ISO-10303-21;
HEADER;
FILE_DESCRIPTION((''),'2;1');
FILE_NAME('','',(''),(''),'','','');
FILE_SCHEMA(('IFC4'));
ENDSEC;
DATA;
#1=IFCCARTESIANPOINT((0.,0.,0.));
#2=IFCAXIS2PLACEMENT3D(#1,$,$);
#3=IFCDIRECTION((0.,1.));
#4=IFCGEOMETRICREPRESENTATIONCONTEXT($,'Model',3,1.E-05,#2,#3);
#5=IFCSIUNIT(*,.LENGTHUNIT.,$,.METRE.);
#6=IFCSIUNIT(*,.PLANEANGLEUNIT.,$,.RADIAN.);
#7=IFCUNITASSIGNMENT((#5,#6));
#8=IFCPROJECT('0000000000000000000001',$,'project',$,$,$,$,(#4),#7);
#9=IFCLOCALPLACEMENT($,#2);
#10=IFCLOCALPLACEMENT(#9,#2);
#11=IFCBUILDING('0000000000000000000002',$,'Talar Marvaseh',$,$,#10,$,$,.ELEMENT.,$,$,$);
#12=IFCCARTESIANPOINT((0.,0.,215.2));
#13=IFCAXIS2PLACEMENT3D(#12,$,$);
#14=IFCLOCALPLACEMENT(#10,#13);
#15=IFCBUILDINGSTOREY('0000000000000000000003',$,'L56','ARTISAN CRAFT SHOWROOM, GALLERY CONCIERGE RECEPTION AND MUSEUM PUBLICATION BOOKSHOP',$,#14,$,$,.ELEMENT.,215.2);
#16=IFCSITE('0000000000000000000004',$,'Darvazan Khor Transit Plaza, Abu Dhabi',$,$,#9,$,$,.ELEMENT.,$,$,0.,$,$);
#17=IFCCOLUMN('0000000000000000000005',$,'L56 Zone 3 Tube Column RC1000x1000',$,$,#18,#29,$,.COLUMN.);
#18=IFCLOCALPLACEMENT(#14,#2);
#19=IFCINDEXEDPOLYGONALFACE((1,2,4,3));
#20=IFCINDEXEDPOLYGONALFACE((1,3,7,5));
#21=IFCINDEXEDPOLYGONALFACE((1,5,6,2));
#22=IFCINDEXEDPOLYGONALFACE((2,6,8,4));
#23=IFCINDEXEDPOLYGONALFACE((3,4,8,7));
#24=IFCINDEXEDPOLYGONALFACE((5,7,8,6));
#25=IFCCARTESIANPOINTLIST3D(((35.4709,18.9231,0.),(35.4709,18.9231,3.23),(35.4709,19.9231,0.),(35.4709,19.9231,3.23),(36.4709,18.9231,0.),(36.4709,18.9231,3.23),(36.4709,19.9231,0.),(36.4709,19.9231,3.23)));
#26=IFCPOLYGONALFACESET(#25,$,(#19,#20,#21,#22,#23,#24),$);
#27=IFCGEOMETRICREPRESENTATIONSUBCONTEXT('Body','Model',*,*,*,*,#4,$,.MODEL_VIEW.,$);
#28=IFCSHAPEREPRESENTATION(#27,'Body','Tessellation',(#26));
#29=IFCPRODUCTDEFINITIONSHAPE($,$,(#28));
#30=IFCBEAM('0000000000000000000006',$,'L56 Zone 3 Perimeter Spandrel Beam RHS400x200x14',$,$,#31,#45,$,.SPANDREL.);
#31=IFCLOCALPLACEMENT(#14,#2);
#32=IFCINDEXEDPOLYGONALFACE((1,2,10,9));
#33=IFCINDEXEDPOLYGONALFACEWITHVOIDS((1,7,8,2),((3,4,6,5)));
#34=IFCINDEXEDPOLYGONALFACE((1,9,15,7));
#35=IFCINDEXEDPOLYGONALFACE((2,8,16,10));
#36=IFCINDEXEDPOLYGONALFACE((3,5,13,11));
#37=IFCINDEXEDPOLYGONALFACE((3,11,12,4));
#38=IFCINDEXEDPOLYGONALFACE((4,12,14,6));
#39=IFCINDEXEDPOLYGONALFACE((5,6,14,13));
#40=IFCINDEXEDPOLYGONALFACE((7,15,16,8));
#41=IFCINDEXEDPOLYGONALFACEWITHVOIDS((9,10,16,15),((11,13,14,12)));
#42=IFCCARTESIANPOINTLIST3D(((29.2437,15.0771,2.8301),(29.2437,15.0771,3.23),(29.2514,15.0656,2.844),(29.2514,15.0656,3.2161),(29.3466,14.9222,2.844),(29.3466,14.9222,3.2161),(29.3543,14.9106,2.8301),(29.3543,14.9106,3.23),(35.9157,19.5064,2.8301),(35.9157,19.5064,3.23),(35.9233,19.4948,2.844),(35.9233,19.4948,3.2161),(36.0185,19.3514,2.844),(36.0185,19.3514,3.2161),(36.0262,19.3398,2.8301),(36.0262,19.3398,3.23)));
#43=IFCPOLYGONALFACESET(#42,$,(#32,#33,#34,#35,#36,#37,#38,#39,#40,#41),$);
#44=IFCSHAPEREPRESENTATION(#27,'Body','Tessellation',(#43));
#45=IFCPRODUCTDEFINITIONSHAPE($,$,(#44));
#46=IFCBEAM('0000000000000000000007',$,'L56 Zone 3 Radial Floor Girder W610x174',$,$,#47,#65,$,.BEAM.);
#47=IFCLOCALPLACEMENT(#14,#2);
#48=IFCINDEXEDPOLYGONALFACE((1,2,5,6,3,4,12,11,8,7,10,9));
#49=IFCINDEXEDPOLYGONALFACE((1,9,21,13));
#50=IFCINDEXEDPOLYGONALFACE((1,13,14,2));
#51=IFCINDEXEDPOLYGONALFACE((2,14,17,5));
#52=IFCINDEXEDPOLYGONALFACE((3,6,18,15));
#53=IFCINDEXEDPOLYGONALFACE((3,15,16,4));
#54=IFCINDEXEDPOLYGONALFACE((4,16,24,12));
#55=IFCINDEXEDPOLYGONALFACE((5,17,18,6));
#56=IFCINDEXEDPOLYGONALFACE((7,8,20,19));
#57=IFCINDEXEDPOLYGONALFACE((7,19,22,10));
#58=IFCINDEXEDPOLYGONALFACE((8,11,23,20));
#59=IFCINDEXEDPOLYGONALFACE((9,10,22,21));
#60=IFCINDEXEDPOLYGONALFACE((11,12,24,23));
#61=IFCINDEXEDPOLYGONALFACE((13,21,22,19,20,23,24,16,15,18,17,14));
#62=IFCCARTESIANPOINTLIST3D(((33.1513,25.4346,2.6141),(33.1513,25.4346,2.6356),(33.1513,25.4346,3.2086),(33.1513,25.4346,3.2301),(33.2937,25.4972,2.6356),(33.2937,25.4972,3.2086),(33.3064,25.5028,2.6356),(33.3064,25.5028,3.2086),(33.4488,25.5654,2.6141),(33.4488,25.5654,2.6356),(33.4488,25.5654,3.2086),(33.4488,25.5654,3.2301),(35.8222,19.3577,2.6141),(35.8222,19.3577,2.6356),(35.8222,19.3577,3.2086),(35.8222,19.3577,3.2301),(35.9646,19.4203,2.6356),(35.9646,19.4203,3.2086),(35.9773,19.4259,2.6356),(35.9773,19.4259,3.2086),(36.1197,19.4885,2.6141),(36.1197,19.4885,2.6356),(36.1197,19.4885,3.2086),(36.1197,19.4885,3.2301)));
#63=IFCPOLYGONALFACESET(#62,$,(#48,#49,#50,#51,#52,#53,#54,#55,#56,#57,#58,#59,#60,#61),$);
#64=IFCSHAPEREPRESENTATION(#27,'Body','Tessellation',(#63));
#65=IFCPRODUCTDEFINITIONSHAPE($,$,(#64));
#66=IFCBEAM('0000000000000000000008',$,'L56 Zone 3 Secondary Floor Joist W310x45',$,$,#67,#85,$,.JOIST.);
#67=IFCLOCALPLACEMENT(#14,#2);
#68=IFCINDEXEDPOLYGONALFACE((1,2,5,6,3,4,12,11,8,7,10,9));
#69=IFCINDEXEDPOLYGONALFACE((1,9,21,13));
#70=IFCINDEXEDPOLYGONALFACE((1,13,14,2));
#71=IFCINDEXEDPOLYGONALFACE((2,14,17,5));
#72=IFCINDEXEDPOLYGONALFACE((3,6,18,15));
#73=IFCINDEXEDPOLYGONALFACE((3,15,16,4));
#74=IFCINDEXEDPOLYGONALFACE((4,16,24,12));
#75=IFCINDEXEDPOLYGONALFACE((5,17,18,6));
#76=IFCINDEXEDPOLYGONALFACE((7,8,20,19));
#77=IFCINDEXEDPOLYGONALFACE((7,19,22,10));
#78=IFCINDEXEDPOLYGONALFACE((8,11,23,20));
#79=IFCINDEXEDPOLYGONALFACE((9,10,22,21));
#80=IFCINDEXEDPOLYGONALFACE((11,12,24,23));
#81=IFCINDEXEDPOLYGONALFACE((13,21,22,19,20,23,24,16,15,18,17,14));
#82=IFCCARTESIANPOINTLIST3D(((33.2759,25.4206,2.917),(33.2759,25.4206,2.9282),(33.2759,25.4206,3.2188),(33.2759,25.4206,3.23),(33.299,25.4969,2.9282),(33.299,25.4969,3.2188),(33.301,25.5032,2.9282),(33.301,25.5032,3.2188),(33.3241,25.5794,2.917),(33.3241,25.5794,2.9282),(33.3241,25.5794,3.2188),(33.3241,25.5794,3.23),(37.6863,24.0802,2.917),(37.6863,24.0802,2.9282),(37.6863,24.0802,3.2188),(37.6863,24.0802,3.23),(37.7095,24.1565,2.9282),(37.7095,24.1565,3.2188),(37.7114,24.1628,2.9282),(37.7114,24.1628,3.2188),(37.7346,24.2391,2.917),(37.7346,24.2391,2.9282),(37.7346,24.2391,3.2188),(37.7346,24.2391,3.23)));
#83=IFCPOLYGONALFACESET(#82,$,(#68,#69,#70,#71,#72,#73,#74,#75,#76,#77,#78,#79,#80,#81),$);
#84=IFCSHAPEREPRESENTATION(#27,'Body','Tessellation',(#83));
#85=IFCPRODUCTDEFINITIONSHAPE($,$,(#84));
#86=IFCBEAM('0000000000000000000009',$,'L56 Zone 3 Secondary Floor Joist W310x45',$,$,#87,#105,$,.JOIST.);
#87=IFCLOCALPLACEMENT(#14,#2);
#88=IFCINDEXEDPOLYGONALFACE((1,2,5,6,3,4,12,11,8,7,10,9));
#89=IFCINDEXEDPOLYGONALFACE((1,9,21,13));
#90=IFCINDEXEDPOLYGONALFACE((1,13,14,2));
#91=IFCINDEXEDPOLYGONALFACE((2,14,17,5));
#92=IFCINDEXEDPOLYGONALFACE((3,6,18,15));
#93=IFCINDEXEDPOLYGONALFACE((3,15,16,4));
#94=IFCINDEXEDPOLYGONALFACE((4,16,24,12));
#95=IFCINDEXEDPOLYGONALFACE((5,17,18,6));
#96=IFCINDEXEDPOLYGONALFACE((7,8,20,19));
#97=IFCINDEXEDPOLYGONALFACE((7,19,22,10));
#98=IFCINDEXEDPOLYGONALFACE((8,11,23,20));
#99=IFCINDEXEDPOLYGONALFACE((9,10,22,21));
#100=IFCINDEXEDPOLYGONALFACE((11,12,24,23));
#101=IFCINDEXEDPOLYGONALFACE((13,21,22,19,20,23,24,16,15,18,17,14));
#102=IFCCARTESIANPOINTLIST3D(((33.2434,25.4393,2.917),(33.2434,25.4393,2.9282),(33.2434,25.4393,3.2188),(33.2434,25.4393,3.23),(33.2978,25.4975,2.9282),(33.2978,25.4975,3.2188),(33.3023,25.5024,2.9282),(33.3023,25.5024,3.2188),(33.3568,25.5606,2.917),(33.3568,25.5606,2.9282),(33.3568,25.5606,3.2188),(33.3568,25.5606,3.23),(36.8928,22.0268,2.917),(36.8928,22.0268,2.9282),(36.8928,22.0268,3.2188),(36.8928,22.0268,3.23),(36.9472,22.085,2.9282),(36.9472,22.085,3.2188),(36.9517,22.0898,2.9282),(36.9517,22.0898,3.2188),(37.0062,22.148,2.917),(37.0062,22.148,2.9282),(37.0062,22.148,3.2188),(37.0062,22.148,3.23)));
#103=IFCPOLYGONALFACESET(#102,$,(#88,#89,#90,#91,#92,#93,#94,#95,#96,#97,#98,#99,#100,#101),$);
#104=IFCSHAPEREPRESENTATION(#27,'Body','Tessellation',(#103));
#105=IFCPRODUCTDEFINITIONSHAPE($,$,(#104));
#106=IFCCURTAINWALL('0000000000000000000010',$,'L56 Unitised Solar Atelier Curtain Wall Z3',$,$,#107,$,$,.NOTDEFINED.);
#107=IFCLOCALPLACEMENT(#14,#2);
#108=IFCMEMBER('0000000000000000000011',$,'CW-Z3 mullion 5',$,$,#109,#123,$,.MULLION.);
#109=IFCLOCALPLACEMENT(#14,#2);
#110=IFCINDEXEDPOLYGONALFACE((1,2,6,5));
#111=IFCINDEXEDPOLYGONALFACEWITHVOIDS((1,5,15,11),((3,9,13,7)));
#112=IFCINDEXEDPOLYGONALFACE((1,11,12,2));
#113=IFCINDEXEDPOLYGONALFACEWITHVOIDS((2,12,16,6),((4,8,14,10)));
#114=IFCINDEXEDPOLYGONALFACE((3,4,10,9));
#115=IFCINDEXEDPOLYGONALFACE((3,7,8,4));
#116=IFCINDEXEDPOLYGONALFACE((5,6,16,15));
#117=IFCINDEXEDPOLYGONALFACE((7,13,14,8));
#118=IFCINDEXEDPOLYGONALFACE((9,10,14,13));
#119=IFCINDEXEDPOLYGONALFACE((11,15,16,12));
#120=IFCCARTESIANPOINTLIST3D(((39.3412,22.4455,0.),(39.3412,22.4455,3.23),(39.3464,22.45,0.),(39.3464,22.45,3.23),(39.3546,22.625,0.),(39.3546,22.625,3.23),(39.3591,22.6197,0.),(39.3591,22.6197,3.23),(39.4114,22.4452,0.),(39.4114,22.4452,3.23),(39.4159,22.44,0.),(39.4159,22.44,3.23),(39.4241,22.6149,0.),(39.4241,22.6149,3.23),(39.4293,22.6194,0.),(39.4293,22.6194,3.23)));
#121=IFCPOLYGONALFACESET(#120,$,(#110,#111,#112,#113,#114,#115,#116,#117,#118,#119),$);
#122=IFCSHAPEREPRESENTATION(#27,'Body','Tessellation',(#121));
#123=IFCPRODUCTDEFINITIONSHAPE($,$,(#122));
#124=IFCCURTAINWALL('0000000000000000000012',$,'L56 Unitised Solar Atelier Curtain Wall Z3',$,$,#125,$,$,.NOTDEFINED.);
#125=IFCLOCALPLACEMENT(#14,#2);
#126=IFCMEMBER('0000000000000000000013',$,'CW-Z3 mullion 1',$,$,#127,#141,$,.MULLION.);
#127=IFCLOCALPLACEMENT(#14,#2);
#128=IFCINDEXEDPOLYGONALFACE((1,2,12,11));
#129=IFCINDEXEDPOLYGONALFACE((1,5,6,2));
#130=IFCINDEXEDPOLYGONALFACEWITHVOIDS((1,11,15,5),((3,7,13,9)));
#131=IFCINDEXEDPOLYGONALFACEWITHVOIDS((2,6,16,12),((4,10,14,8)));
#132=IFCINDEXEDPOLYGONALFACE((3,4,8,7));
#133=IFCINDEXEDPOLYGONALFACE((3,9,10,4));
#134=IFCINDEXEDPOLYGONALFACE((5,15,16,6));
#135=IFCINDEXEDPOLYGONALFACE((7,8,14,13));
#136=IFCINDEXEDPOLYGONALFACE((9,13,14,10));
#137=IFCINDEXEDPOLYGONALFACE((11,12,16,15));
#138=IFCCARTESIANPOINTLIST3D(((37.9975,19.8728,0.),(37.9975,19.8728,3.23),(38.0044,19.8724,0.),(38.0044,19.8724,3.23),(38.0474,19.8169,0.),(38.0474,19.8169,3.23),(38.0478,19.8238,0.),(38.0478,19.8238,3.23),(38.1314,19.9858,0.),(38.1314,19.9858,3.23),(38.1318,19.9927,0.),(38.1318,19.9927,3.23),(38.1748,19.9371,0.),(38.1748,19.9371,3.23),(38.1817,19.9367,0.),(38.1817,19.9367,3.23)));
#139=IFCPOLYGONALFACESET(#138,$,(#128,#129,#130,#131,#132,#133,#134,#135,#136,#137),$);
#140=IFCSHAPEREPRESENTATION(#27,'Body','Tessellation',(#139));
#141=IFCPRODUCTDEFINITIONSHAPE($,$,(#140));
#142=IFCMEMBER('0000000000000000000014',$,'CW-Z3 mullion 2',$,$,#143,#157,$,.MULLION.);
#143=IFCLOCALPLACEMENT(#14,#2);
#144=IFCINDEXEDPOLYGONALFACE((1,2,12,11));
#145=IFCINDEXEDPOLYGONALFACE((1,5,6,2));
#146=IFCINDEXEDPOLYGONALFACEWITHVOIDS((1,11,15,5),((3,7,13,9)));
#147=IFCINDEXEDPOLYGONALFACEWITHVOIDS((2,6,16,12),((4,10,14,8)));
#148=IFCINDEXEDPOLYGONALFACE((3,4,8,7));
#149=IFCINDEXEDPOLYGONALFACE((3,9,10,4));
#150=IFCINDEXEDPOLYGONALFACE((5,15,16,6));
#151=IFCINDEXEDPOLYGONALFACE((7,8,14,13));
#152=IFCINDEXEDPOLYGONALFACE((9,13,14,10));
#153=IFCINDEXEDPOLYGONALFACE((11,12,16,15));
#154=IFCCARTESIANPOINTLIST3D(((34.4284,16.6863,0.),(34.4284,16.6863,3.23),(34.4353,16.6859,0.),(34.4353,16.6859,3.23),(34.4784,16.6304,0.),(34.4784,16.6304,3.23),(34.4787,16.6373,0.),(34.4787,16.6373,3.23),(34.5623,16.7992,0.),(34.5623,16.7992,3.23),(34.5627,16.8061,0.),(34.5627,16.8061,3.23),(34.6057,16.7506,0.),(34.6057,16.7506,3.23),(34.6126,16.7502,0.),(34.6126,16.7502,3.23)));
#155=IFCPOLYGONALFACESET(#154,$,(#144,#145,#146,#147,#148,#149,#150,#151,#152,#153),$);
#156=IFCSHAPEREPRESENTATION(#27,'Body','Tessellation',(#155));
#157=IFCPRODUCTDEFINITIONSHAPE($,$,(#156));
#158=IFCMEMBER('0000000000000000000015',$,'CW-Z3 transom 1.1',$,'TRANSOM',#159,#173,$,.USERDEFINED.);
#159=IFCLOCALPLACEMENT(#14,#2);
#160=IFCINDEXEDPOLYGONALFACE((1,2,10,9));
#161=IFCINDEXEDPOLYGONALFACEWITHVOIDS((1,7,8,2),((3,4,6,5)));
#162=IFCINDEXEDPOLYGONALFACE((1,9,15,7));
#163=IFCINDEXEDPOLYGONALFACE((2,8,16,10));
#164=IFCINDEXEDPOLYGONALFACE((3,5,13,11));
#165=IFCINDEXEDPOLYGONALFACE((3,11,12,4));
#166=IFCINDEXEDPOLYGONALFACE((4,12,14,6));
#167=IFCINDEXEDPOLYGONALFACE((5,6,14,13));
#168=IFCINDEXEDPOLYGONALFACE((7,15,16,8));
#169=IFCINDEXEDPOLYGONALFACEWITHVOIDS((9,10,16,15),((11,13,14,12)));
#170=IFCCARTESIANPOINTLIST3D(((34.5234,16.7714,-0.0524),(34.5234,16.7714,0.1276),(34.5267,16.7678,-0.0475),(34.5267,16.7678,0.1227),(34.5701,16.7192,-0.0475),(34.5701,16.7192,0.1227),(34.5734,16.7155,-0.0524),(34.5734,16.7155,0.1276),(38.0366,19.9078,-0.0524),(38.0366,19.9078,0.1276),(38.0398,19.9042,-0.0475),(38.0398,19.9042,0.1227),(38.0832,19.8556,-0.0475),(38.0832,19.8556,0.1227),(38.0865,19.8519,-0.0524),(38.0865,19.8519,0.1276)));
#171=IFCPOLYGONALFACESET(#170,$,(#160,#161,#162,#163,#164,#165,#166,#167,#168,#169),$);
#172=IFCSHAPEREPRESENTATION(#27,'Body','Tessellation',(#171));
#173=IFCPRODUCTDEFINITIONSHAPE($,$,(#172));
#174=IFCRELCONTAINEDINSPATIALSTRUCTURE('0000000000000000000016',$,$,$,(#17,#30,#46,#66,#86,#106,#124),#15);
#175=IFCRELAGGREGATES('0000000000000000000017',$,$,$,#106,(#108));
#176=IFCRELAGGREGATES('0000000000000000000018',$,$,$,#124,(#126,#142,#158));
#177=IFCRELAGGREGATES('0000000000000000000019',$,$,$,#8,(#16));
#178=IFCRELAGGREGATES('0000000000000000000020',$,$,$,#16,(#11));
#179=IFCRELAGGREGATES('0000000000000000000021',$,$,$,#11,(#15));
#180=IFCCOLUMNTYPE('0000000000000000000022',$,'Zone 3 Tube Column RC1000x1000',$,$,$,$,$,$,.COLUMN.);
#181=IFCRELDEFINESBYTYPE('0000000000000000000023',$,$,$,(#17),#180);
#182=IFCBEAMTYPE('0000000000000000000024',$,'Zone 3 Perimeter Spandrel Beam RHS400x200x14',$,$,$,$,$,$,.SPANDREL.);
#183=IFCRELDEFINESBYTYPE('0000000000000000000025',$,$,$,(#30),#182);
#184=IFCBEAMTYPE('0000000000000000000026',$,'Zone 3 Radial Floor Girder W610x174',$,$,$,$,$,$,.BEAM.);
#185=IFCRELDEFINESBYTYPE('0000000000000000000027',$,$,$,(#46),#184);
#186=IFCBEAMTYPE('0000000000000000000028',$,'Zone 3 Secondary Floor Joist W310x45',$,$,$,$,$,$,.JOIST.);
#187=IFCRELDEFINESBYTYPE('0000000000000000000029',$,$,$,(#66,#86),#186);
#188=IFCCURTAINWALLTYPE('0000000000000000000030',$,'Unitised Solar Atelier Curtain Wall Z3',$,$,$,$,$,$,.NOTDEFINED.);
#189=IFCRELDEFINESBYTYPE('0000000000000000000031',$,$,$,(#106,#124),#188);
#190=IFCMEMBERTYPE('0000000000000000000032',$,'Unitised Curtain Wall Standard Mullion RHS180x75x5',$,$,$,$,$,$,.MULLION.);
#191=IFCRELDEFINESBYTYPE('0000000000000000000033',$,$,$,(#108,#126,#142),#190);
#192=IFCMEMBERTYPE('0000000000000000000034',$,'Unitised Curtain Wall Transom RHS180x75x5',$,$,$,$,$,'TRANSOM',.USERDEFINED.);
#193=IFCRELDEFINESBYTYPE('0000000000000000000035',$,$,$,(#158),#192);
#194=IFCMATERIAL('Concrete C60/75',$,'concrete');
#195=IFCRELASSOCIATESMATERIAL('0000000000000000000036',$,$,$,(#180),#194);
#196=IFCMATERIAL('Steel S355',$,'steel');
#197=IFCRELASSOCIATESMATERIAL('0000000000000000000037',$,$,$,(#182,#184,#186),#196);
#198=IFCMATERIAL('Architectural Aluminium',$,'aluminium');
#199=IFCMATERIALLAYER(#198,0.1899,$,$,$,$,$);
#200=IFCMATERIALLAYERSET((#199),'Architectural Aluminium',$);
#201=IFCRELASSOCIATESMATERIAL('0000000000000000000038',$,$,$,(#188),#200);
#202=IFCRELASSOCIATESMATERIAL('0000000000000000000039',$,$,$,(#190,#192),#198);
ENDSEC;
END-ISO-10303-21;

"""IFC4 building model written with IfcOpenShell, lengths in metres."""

from ifc_helpers import new_model, si_unit, direction, frame, origin, origin_2d, place, context, subcontext, project, spatial, rectangle, hollow_rectangle, i_section, extrude, source, transform, mapped, material, layer, layer_set, material_profile, profile_set, type_object, type_shapes, element, aggregate, save


model = new_model("IFC4")

# Units and contexts
model_context = context("Model", 3, precision=1e-05, world=origin(), true_north=direction((0.0, 1.0)))
body_context = subcontext(model_context, "Body", "Model", "MODEL_VIEW")
ifc_project = project(units=[si_unit("LENGTHUNIT", "METRE"), si_unit("PLANEANGLEUNIT", "RADIAN")], contexts=[model_context])

# Site, building, storey
site_placement = place(None, origin())
site = spatial("IfcSite", under=ifc_project, at=site_placement, Name="Darvazan Khor Transit Plaza, Abu Dhabi", CompositionType="ELEMENT", RefElevation=0.0)
building_placement = place(site_placement, origin())
building = spatial("IfcBuilding", under=site, at=building_placement, Name="Talar Marvaseh", CompositionType="ELEMENT")
storey_placement = place(building_placement, frame((0.0, 0.0, 215.2)))
storey = spatial("IfcBuildingStorey", under=building, at=storey_placement, Name="L56", Description="ARTISAN CRAFT SHOWROOM, GALLERY CONCIERGE RECEPTION AND MUSEUM PUBLICATION BOOKSHOP", CompositionType="ELEMENT", Elevation=215.2)

# Column
ifc_material_1 = material(Name="Concrete C60/75", Category="concrete")
ifc_material_profile_1 = material_profile(ifc_material_1, rectangle(XDim=1.0, YDim=1.0, at=origin_2d()), Name="RC1000x1000")
ifc_profile_set_1 = profile_set([ifc_material_profile_1], Name="Concrete C60/75")
column_type = type_object("IfcColumnType", Name="Zone 3 Tube Column RC1000x1000", PredefinedType="COLUMN", material=ifc_profile_set_1)
column_placement = place(storey_placement, frame((35.9709, 19.4231, 0.0), z_axis=(0.0, 0.0, 1.0), x_axis=(1.0, 0.0, 0.0)))
element("IfcColumn", 1, at=column_placement, inside=storey, type_object=column_type, Name="L56 Zone 3 Tube Column RC1000x1000", PredefinedType="COLUMN", context=body_context, shape_type="SweptSolid", body=[
    extrude(rectangle(XDim=1.0, YDim=1.0, at=origin_2d()), origin(), (0.0, 0.0, 1.0), 3.23),
])

# Beams
ifc_material_2 = material(Name="Steel S355", Category="steel")
ifc_material_profile_2 = material_profile(ifc_material_2, hollow_rectangle(XDim=0.2, YDim=0.3999, WallThickness=0.0139, at=origin_2d()), Name="RHS400x200x14")
ifc_profile_set_2 = profile_set([ifc_material_profile_2], Name="Steel S355")
beam_type_1 = type_object("IfcBeamType", Name="Zone 3 Perimeter Spandrel Beam RHS400x200x14", PredefinedType="SPANDREL", material=ifc_profile_set_2)
beam_1_placement = place(storey_placement, frame((35.9709, 19.4231, 3.03), z_axis=(-0.833127, -0.553081, 0.0), x_axis=(0.553081, -0.833127, 0.0)))
element("IfcBeam", 2, at=beam_1_placement, inside=storey, type_object=beam_type_1, Name="L56 Zone 3 Perimeter Spandrel Beam RHS400x200x14", PredefinedType="SPANDREL", context=body_context, shape_type="SweptSolid", body=[
    extrude(hollow_rectangle(XDim=0.2, YDim=0.3999, WallThickness=0.0139, at=origin_2d()), origin(), (0.0, 0.0, 1.0), 8.0083),
])
ifc_material_profile_3 = material_profile(ifc_material_2, i_section(OverallWidth=0.325, OverallDepth=0.616, WebThickness=0.0139, FlangeThickness=0.0215, at=origin_2d()), Name="W610x174")
ifc_profile_set_3 = profile_set([ifc_material_profile_3], Name="Steel S355")
beam_type_2 = type_object("IfcBeamType", Name="Zone 3 Radial Floor Girder W610x174", PredefinedType="BEAM", material=ifc_profile_set_3)
beam_2_placement = place(storey_placement, frame((35.9709, 19.4231, 2.9221), z_axis=(-0.402368, 0.915478, 0.0), x_axis=(-0.915478, -0.402368, 0.0)))
element("IfcBeam", 3, at=beam_2_placement, inside=storey, type_object=beam_type_2, Name="L56 Zone 3 Radial Floor Girder W610x174", PredefinedType="BEAM", context=body_context, shape_type="SweptSolid", body=[
    extrude(i_section(OverallWidth=0.325, OverallDepth=0.616, WebThickness=0.0139, FlangeThickness=0.0215, at=origin_2d()), origin(), (0.0, 0.0, 1.0), 6.6379),
])
ifc_material_profile_4 = material_profile(ifc_material_2, i_section(OverallWidth=0.166, OverallDepth=0.313, WebThickness=0.0066, FlangeThickness=0.0112, at=origin_2d()), Name="W310x45")
ifc_profile_set_4 = profile_set([ifc_material_profile_4], Name="Steel S355")
beam_type_3 = type_object("IfcBeamType", Name="Zone 3 Secondary Floor Joist W310x45", PredefinedType="JOIST", material=ifc_profile_set_4)
beam_3_placement = place(storey_placement, frame((37.7104, 24.1597, 3.0735), z_axis=(-0.956792, 0.290772, 0.0), x_axis=(-0.290772, -0.956792, 0.0)))
element("IfcBeam", 4, at=beam_3_placement, inside=storey, type_object=beam_type_3, Name="L56 Zone 3 Secondary Floor Joist W310x45", PredefinedType="JOIST", context=body_context, shape_type="SweptSolid", body=[
    extrude(i_section(OverallWidth=0.166, OverallDepth=0.313, WebThickness=0.0066, FlangeThickness=0.0112, at=origin_2d()), origin(), (0.0, 0.0, 1.0), 4.6096),
])
beam_4_placement = place(storey_placement, frame((36.9495, 22.0874, 3.0735), z_axis=(-0.730408, 0.683011, 0.0), x_axis=(-0.683011, -0.730408, 0.0)))
element("IfcBeam", 5, at=beam_4_placement, inside=storey, type_object=beam_type_3, Name="L56 Zone 3 Secondary Floor Joist W310x45", PredefinedType="JOIST", context=body_context, shape_type="SweptSolid", body=[
    extrude(i_section(OverallWidth=0.166, OverallDepth=0.313, WebThickness=0.0066, FlangeThickness=0.0112, at=origin_2d()), origin(), (0.0, 0.0, 1.0), 4.9963),
])

# Curtain wall, member
ifc_material_3 = material(Name="Architectural Aluminium", Category="aluminium")
ifc_layer_1 = layer(ifc_material_3, 0.1899)
ifc_layer_set_1 = layer_set([ifc_layer_1], Name="Architectural Aluminium")
curtain_wall_type = type_object("IfcCurtainWallType", Name="Unitised Solar Atelier Curtain Wall Z3", PredefinedType="NOTDEFINED", material=ifc_layer_set_1)
curtain_wall_1_placement = place(storey_placement, origin())
curtain_wall_1 = element("IfcCurtainWall", 6, at=curtain_wall_1_placement, inside=storey, type_object=curtain_wall_type, Name="L56 Unitised Solar Atelier Curtain Wall Z3", PredefinedType="NOTDEFINED")
ifc_material_profile_5 = material_profile(ifc_material_3, hollow_rectangle(XDim=0.075, YDim=0.1799, WallThickness=0.0049, at=origin_2d()), Name="RHS180x75x5")
ifc_profile_set_5 = profile_set([ifc_material_profile_5], Name="Architectural Aluminium")
member_type_1 = type_object("IfcMemberType", Name="Unitised Curtain Wall Standard Mullion RHS180x75x5", PredefinedType="MULLION", material=ifc_profile_set_5)
shared_shape_1 = source(origin(), body_context, "Body", "SweptSolid", [
    extrude(hollow_rectangle(XDim=0.075, YDim=0.1799, WallThickness=0.0049, at=origin_2d()), origin(), (0.0, 0.0, 1.0), 3.23),
])
type_shapes(member_type_1, [shared_shape_1])
member_1_placement = place(storey_placement, frame((39.3853, 22.5325, 0.0), z_axis=(0.0, 0.0, 1.0), x_axis=(0.997239, -0.074263, 0.0)))
member_1 = element("IfcMember", 7, at=member_1_placement, type_object=member_type_1, Name="CW-Z3 mullion 5", PredefinedType="MULLION", context=body_context, shape_type="MappedRepresentation", body=[
    mapped(shared_shape_1, transform((0.0, 0.0, 0.0), x_axis=(1.0, 0.0, 0.0), y_axis=(0.0, 1.0, 0.0), z_axis=(0.0, 0.0, 1.0), scale=1.0)),
])

# Curtain wall, members
curtain_wall_2_placement = place(storey_placement, origin())
curtain_wall_2 = element("IfcCurtainWall", 8, at=curtain_wall_2_placement, inside=storey, type_object=curtain_wall_type, Name="L56 Unitised Solar Atelier Curtain Wall Z3", PredefinedType="NOTDEFINED")
member_2_placement = place(storey_placement, frame((38.0896, 19.9048, 0.0), z_axis=(0.0, 0.0, 1.0), x_axis=(0.665998, -0.745954, 0.0)))
member_2 = element("IfcMember", 9, at=member_2_placement, type_object=member_type_1, Name="CW-Z3 mullion 1", PredefinedType="MULLION", context=body_context, shape_type="MappedRepresentation", body=[
    mapped(shared_shape_1, transform((0.0, 0.0, 0.0), x_axis=(1.0, 0.0, 0.0), y_axis=(0.0, 1.0, 0.0), z_axis=(0.0, 0.0, 1.0), scale=1.0)),
])
member_3_placement = place(storey_placement, frame((34.5205, 16.7183, 0.0), z_axis=(0.0, 0.0, 1.0), x_axis=(0.665998, -0.745954, 0.0)))
member_3 = element("IfcMember", 10, at=member_3_placement, type_object=member_type_1, Name="CW-Z3 mullion 2", PredefinedType="MULLION", context=body_context, shape_type="MappedRepresentation", body=[
    mapped(shared_shape_1, transform((0.0, 0.0, 0.0), x_axis=(1.0, 0.0, 0.0), y_axis=(0.0, 1.0, 0.0), z_axis=(0.0, 0.0, 1.0), scale=1.0)),
])
ifc_material_profile_6 = material_profile(ifc_material_3, hollow_rectangle(XDim=0.075, YDim=0.1799, WallThickness=0.0049, at=origin_2d()), Name="RHS180x75x5")
ifc_profile_set_6 = profile_set([ifc_material_profile_6], Name="Architectural Aluminium")
member_type_2 = type_object("IfcMemberType", Name="Unitised Curtain Wall Transom RHS180x75x5", ElementType="TRANSOM", PredefinedType="USERDEFINED", material=ifc_profile_set_6)
shared_shape_2 = source(origin(), body_context, "Body", "SweptSolid", [
    extrude(hollow_rectangle(XDim=0.075, YDim=0.1799, WallThickness=0.0049, at=origin_2d()), origin(), (0.0, 0.0, 1.0), 4.7095),
])
type_shapes(member_type_2, [shared_shape_2])
member_4_placement = place(storey_placement, frame((38.0615, 19.8799, 0.0376), z_axis=(-0.745969, -0.665981, 0.0), x_axis=(0.665981, -0.745969, 0.0)))
member_4 = element("IfcMember", 11, at=member_4_placement, type_object=member_type_2, Name="CW-Z3 transom 1.1", ObjectType="TRANSOM", PredefinedType="USERDEFINED", context=body_context, shape_type="MappedRepresentation", body=[
    mapped(shared_shape_2, transform((0.0, 0.0, 0.0), x_axis=(1.0, 0.0, 0.0), y_axis=(0.0, 1.0, 0.0), z_axis=(0.0, 0.0, 1.0), scale=1.0)),
])

aggregate(curtain_wall_1, [member_1])
aggregate(curtain_wall_2, [member_2, member_3, member_4])

save(model, "model.ifc")
